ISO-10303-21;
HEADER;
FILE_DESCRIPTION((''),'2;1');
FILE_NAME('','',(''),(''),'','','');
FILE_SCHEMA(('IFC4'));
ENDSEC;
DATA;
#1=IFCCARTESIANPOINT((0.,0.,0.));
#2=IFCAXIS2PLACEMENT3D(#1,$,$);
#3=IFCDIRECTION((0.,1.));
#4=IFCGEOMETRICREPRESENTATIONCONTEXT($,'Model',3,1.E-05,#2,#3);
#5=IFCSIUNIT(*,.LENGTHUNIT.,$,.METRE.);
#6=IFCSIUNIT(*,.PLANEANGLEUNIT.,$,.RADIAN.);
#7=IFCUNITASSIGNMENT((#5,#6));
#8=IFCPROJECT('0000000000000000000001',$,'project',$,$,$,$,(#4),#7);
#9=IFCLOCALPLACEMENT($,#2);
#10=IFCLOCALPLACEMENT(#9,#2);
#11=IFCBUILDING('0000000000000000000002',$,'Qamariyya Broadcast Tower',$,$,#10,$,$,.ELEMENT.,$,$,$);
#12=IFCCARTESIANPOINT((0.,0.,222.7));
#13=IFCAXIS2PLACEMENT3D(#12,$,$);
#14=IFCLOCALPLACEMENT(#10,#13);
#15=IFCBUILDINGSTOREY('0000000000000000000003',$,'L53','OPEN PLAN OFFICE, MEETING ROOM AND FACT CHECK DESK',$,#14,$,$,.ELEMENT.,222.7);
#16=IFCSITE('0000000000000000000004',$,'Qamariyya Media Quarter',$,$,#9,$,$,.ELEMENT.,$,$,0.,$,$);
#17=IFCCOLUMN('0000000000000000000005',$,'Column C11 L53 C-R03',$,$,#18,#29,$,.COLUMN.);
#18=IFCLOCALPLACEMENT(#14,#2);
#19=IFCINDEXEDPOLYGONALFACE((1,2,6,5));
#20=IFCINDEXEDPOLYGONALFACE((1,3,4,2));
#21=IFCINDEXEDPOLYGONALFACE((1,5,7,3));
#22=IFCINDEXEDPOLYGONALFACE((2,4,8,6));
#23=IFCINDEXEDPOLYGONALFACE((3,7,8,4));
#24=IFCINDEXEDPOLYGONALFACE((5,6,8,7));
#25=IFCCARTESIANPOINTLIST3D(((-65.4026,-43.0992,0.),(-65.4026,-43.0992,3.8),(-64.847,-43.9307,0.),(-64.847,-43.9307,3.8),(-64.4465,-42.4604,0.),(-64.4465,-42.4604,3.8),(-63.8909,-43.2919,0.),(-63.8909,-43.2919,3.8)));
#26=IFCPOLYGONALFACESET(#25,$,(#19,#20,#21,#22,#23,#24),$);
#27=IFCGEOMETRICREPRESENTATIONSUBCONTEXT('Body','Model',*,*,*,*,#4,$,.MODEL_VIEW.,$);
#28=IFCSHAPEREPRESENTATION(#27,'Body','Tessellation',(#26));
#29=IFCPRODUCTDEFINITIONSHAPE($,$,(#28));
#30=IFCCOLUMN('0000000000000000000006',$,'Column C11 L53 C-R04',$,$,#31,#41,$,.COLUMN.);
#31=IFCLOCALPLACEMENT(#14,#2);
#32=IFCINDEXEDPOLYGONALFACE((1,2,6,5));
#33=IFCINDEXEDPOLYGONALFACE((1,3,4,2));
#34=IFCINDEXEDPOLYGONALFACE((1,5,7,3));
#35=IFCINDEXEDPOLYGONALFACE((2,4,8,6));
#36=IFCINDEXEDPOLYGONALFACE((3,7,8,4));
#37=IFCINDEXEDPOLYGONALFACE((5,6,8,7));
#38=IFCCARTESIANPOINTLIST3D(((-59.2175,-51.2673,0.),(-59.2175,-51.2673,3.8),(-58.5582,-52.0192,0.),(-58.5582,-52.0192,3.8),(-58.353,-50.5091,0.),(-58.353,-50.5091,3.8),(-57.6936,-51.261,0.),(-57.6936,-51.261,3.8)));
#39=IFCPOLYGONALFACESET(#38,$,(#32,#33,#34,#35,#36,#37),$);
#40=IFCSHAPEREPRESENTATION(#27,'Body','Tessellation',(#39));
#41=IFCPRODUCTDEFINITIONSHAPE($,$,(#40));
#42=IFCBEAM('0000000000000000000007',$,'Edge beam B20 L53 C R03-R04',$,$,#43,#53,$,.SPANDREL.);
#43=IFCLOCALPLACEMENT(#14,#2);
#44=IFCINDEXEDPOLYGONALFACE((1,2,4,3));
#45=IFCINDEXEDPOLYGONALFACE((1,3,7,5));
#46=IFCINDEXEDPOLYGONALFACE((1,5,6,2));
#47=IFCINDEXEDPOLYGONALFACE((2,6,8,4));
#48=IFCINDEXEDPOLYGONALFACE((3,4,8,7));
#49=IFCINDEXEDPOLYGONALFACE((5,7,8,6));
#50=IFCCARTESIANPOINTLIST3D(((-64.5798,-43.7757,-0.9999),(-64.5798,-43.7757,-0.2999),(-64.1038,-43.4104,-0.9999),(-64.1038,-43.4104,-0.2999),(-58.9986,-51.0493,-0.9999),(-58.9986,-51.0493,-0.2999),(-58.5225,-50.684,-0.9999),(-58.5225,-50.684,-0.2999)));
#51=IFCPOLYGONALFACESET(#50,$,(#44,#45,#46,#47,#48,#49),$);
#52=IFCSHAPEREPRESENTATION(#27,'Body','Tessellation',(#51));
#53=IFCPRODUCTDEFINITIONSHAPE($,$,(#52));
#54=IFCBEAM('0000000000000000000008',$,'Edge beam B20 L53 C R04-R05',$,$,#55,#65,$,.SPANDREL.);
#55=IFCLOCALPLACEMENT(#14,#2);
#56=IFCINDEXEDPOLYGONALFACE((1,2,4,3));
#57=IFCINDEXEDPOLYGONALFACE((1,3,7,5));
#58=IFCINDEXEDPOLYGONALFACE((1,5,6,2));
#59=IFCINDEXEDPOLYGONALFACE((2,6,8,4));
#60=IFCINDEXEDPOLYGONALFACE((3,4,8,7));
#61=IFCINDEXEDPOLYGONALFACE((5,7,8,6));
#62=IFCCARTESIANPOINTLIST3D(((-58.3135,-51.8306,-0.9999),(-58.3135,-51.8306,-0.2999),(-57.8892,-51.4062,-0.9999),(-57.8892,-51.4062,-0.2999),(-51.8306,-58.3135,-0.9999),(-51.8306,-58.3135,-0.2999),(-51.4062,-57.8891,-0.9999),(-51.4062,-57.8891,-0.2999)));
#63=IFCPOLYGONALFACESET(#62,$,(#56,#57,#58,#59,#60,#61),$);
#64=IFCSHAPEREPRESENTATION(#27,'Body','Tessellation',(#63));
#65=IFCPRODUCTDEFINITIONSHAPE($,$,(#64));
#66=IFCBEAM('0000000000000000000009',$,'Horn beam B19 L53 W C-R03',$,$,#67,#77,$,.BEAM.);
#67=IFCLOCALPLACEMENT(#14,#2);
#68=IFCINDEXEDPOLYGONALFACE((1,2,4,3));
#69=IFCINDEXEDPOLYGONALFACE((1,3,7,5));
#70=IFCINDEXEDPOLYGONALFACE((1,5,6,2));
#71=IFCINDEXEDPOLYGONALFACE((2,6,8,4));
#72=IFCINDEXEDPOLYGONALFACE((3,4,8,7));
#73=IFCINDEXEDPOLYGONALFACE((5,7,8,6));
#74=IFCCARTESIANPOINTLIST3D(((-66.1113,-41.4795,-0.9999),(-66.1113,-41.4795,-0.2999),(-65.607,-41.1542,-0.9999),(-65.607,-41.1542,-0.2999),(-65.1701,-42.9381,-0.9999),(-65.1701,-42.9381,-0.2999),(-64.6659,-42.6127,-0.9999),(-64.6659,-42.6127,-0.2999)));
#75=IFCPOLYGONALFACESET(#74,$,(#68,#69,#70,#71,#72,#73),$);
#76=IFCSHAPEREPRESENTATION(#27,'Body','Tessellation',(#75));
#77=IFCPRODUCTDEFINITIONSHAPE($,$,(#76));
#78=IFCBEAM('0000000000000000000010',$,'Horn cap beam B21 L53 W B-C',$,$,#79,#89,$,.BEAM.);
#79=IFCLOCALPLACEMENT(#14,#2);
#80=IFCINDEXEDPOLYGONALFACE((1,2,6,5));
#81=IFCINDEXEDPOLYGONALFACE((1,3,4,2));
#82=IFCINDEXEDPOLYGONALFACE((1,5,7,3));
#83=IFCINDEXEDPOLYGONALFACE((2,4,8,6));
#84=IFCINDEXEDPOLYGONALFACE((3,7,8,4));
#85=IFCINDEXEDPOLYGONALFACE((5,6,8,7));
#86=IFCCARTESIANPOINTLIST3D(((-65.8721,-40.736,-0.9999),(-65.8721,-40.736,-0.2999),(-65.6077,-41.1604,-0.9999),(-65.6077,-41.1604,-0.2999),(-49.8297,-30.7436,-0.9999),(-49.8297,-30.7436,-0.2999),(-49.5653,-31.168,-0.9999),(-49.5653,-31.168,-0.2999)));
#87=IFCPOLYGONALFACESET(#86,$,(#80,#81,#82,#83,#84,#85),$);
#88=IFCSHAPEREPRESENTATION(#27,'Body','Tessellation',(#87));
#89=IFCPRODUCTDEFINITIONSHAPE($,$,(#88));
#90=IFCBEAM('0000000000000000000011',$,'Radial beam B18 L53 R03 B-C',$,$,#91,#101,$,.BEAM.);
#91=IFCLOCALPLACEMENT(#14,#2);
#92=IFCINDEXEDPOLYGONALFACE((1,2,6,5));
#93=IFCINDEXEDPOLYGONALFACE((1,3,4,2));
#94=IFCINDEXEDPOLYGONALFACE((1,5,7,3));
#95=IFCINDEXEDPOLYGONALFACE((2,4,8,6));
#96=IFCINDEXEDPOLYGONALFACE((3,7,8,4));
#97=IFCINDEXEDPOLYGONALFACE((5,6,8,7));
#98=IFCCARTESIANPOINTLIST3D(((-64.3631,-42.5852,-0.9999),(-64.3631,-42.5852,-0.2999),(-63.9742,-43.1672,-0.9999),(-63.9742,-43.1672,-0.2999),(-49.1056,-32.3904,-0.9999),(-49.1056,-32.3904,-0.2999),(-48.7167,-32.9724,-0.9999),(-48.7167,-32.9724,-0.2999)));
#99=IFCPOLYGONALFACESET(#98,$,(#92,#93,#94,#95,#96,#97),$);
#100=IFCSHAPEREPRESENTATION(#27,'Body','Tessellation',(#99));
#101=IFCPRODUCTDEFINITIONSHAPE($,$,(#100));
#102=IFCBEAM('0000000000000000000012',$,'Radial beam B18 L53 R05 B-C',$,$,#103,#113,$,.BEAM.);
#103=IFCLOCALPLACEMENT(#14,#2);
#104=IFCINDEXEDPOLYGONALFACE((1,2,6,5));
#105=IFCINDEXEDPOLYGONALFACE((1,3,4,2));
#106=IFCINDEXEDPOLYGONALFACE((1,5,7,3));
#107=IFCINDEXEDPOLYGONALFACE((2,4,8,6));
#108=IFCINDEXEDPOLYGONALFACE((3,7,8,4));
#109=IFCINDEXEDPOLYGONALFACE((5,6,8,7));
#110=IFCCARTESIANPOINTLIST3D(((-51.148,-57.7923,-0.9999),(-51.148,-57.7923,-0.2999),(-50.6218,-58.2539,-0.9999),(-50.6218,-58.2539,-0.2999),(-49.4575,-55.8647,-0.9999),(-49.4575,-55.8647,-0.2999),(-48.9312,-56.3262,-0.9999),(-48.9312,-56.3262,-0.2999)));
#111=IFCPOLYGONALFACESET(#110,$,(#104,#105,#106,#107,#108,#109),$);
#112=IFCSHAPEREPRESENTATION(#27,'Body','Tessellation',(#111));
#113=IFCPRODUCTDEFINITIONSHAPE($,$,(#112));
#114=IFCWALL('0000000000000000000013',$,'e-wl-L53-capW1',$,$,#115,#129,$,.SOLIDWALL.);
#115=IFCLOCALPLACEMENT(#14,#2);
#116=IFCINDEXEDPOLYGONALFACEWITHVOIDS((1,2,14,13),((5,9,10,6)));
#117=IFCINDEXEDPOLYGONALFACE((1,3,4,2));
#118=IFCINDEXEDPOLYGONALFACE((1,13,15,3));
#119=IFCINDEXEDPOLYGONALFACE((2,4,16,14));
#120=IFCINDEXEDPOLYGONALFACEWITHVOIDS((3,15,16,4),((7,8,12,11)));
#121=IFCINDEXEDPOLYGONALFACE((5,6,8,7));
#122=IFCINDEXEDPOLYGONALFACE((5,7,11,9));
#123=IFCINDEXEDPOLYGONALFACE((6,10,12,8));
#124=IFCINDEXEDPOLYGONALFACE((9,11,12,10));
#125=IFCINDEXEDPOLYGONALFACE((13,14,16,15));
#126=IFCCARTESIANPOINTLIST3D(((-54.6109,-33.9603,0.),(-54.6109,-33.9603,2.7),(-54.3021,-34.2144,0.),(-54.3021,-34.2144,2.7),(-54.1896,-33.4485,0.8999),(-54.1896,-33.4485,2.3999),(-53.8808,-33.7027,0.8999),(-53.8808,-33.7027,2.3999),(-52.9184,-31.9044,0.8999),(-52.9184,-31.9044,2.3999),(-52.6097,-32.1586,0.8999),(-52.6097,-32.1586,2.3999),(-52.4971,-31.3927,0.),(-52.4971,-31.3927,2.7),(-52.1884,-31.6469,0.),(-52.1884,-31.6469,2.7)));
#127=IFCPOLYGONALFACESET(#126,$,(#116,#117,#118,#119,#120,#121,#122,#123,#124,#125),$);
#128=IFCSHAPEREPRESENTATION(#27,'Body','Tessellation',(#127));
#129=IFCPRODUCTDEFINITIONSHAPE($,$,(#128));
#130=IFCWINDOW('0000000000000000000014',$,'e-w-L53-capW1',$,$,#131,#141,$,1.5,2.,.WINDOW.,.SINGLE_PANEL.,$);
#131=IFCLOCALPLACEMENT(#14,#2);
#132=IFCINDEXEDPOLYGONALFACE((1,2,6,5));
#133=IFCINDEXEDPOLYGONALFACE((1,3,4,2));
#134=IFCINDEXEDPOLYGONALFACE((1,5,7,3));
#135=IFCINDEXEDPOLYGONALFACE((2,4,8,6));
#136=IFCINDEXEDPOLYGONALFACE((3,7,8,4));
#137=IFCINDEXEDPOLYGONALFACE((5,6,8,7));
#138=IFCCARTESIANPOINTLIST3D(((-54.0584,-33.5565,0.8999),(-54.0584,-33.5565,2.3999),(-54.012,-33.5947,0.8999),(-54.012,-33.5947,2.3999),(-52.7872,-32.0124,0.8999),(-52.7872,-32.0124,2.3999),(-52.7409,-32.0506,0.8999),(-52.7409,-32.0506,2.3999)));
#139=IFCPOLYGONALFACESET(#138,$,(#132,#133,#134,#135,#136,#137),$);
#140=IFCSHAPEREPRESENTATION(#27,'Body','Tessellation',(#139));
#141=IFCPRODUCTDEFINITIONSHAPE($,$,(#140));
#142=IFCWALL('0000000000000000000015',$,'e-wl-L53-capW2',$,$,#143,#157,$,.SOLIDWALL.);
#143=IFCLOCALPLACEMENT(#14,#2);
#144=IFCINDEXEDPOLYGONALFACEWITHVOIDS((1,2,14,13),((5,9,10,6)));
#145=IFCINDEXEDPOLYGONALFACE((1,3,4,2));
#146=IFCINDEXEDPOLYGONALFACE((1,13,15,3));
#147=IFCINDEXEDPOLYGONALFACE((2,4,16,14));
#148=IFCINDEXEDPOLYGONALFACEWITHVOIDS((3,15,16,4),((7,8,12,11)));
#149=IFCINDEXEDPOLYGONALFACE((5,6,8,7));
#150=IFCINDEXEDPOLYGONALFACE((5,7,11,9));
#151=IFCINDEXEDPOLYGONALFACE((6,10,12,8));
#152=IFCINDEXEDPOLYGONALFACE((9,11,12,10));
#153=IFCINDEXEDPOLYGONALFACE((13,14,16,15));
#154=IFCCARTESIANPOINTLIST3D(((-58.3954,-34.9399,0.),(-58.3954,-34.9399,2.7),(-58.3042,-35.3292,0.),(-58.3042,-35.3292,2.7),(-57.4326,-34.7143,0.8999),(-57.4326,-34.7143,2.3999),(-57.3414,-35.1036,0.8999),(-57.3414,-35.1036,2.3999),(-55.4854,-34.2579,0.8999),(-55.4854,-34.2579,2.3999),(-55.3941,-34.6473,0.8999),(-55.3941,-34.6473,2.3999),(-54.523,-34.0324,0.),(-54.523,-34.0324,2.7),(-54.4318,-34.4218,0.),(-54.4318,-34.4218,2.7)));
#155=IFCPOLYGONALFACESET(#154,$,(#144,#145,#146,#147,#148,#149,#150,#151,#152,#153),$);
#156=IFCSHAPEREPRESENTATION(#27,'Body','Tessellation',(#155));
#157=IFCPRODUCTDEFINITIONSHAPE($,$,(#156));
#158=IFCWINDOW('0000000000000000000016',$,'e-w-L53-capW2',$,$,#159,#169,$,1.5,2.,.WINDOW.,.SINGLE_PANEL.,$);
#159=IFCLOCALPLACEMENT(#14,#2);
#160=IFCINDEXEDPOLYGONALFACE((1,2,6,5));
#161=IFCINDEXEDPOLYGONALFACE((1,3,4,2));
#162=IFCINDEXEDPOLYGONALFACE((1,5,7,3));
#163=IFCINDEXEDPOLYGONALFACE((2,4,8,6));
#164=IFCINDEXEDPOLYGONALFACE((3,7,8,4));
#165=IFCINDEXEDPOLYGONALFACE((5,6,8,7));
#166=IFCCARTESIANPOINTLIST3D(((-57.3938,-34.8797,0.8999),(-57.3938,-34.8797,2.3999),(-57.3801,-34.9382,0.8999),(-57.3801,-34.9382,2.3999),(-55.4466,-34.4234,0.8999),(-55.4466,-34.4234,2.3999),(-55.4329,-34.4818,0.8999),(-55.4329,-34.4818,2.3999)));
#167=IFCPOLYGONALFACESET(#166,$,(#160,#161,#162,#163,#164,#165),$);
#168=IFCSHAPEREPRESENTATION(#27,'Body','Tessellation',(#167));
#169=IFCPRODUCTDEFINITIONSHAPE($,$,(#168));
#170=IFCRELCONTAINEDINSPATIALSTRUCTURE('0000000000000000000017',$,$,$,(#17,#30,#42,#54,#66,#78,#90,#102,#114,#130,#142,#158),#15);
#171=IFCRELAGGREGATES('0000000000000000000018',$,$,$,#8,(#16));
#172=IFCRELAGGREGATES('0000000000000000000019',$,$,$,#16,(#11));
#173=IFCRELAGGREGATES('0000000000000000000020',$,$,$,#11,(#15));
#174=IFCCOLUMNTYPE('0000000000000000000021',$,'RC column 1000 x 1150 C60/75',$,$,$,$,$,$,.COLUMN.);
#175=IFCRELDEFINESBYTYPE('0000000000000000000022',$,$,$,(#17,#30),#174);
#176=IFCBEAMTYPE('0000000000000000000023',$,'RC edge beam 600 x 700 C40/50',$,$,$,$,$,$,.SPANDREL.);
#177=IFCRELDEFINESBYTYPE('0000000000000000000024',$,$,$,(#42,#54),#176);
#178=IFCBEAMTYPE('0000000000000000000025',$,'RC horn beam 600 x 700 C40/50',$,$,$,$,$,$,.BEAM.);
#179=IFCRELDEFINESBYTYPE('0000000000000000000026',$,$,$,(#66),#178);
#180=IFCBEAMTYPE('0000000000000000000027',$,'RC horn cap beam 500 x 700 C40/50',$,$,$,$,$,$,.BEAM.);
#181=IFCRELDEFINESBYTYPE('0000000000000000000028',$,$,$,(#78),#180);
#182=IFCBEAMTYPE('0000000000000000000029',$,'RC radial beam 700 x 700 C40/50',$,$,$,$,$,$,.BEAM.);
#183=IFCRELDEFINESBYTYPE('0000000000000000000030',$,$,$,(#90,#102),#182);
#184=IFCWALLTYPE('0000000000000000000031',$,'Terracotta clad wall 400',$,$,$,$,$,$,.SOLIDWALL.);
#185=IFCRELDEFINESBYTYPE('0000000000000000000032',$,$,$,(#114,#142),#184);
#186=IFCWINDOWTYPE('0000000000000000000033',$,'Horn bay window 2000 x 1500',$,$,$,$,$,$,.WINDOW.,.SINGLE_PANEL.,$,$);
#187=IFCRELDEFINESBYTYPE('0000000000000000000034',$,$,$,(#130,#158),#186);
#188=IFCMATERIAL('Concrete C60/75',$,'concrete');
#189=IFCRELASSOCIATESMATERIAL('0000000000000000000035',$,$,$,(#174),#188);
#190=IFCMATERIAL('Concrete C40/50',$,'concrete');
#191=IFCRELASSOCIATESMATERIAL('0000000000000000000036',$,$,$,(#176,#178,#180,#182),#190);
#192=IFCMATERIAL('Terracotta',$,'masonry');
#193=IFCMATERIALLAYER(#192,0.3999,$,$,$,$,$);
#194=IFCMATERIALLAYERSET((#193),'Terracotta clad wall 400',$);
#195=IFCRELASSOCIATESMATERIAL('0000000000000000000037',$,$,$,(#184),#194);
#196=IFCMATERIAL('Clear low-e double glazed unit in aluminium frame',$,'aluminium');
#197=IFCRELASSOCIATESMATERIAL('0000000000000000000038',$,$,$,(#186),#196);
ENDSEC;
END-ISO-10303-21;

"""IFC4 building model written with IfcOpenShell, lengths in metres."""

from ifc_helpers import new_model, si_unit, direction, frame, frame_2d, origin, origin_2d, place, context, subcontext, project, spatial, rectangle, extrude, material, layer, layer_set, material_profile, profile_set, type_object, element, fill, save


model = new_model("IFC4")

# Units and contexts
model_context = context("Model", 3, precision=1e-05, world=origin(), true_north=direction((0.0, 1.0)))
body_context = subcontext(model_context, "Body", "Model", "MODEL_VIEW")
ifc_project = project(units=[si_unit("LENGTHUNIT", "METRE"), si_unit("PLANEANGLEUNIT", "RADIAN")], contexts=[model_context])

# Site, building, storey
site_placement = place(None, origin())
site = spatial("IfcSite", under=ifc_project, at=site_placement, Name="Qamariyya Media Quarter", CompositionType="ELEMENT", RefElevation=0.0)
building_placement = place(site_placement, origin())
building = spatial("IfcBuilding", under=site, at=building_placement, Name="Qamariyya Broadcast Tower", CompositionType="ELEMENT")
storey_placement = place(building_placement, frame((0.0, 0.0, 222.7)))
storey = spatial("IfcBuildingStorey", under=building, at=storey_placement, Name="L53", Description="OPEN PLAN OFFICE, MEETING ROOM AND FACT CHECK DESK", CompositionType="ELEMENT", Elevation=222.7)

# Columns
ifc_material_1 = material(Name="Concrete C60/75", Category="concrete")
ifc_material_profile_1 = material_profile(ifc_material_1, rectangle(XDim=1.0, YDim=1.1499, at=origin_2d()))
ifc_profile_set_1 = profile_set([ifc_material_profile_1], Name="Concrete C60/75")
column_type = type_object("IfcColumnType", Name="RC column 1000 x 1150 C60/75", PredefinedType="COLUMN", material=ifc_profile_set_1)
for number, where, z_axis, x_axis, name in (
    (1, (-64.6467, -43.1956, 0.0), (0.0, 0.0, 1.0), (0.55557, -0.83147, 0.0), "Column C11 L53 C-R03"),
    (2, (-58.4556, -51.2642, 0.0), (0.0, 0.0, 1.0), (0.659346, -0.75184, 0.0), "Column C11 L53 C-R04"),
):
    element("IfcColumn", number, at=place(storey_placement, frame(where, z_axis=z_axis, x_axis=x_axis)), inside=storey, type_object=column_type, Name=name, PredefinedType="COLUMN", context=body_context, shape_type="SweptSolid", body=[
        extrude(rectangle(XDim=1.0, YDim=1.1499, at=origin_2d()), origin(), (0.0, 0.0, 1.0), 3.8),
    ])

# Beams
ifc_material_2 = material(Name="Concrete C40/50", Category="concrete")
ifc_material_profile_2 = material_profile(ifc_material_2, rectangle(XDim=0.6001, YDim=0.7, at=origin_2d()))
ifc_profile_set_2 = profile_set([ifc_material_profile_2], Name="Concrete C40/50")
beam_type_1 = type_object("IfcBeamType", Name="RC edge beam 600 x 700 C40/50", PredefinedType="SPANDREL", material=ifc_profile_set_2)
for number, where, z_axis, x_axis, name in (
    (3, (-64.3418, -43.593, -0.6499), (0.608762, -0.793353, 0.0), (0.793353, 0.608762, 0.0), "Edge beam B20 L53 C R03-R04"),
    (4, (-58.1013, -51.6184, -0.6499), (0.707107, -0.707107, 0.0), (0.707107, 0.707107, 0.0), "Edge beam B20 L53 C R04-R05"),
):
    element("IfcBeam", number, at=place(storey_placement, frame(where, z_axis=z_axis, x_axis=x_axis)), inside=storey, type_object=beam_type_1, Name=name, PredefinedType="SPANDREL", context=body_context, shape_type="SweptSolid", body=[
        extrude(rectangle(XDim=0.6001, YDim=0.7, at=origin_2d()), origin(), (0.0, 0.0, 1.0), 9.1682),
    ])
ifc_material_profile_3 = material_profile(ifc_material_2, rectangle(XDim=0.6001, YDim=0.7, at=origin_2d()))
ifc_profile_set_3 = profile_set([ifc_material_profile_3], Name="Concrete C40/50")
beam_type_2 = type_object("IfcBeamType", Name="RC horn beam 600 x 700 C40/50", PredefinedType="BEAM", material=ifc_profile_set_3)
beam_1_placement = place(storey_placement, frame((-64.918, -42.7754, -0.6499), z_axis=(-0.542207, 0.840245, 0.0), x_axis=(-0.840245, -0.542207, 0.0)))
element("IfcBeam", 5, at=beam_1_placement, inside=storey, type_object=beam_type_2, Name="Horn beam B19 L53 W C-R03", PredefinedType="BEAM", context=body_context, shape_type="SweptSolid", body=[
    extrude(rectangle(XDim=0.6001, YDim=0.7, at=origin_2d()), origin(), (0.0, 0.0, 1.0), 1.7358),
])
ifc_material_profile_4 = material_profile(ifc_material_2, rectangle(XDim=0.5, YDim=0.7, at=origin_2d()))
ifc_profile_set_4 = profile_set([ifc_material_profile_4], Name="Concrete C40/50")
beam_type_3 = type_object("IfcBeamType", Name="RC horn cap beam 500 x 700 C40/50", PredefinedType="BEAM", material=ifc_profile_set_4)
beam_2_placement = place(storey_placement, frame((-49.6975, -30.9558, -0.6499), z_axis=(-0.848809, -0.5287, 0.0), x_axis=(0.5287, -0.848809, 0.0)))
element("IfcBeam", 6, at=beam_2_placement, inside=storey, type_object=beam_type_3, Name="Horn cap beam B21 L53 W B-C", PredefinedType="BEAM", context=body_context, shape_type="SweptSolid", body=[
    extrude(rectangle(XDim=0.5, YDim=0.7, at=origin_2d()), origin(), (0.0, 0.0, 1.0), 18.8999),
])
ifc_material_profile_5 = material_profile(ifc_material_2, rectangle(XDim=0.7, YDim=0.7, at=origin_2d()))
ifc_profile_set_5 = profile_set([ifc_material_profile_5], Name="Concrete C40/50")
beam_type_4 = type_object("IfcBeamType", Name="RC radial beam 700 x 700 C40/50", PredefinedType="BEAM", material=ifc_profile_set_5)
beam_3_placement = place(storey_placement, frame((-48.9111, -32.6814, -0.6499), z_axis=(-0.831469, -0.555572, 0.0), x_axis=(0.555572, -0.831469, 0.0)))
element("IfcBeam", 7, at=beam_3_placement, inside=storey, type_object=beam_type_4, Name="Radial beam B18 L53 R03 B-C", PredefinedType="BEAM", context=body_context, shape_type="SweptSolid", body=[
    extrude(rectangle(XDim=0.7, YDim=0.7, at=origin_2d()), origin(), (0.0, 0.0, 1.0), 18.3501),
])
beam_4_placement = place(storey_placement, frame((-49.1943, -56.0955, -0.6499), z_axis=(-0.659367, -0.751821, 0.0), x_axis=(0.751821, -0.659367, 0.0)))
element("IfcBeam", 8, at=beam_4_placement, inside=storey, type_object=beam_type_4, Name="Radial beam B18 L53 R05 B-C", PredefinedType="BEAM", context=body_context, shape_type="SweptSolid", body=[
    extrude(rectangle(XDim=0.7, YDim=0.7, at=origin_2d()), origin(), (0.0, 0.0, 1.0), 2.564),
])

# Walls, openings, windows
ifc_material_3 = material(Name="Terracotta", Category="masonry")
ifc_layer = layer(ifc_material_3, 0.3999)
ifc_layer_set = layer_set([ifc_layer], Name="Terracotta clad wall 400")
wall_type = type_object("IfcWallType", Name="Terracotta clad wall 400", PredefinedType="SOLIDWALL", material=ifc_layer_set)
wall_1_placement = place(storey_placement, frame((-52.3428, -31.5198, 0.0), z_axis=(0.0, 0.0, 1.0), x_axis=(-0.635573, -0.77204, 0.0)))
wall_1 = element("IfcWall", 9, at=wall_1_placement, inside=storey, type_object=wall_type, Name="e-wl-L53-capW1", PredefinedType="SOLIDWALL", context=body_context, shape_type="SweptSolid", body=[
    extrude(rectangle(XDim=3.3257, YDim=0.3999, at=frame_2d((1.6628, 0.0))), origin(), (0.0, 0.0, 1.0), 2.7),
])
opening_1_placement = place(wall_1_placement, frame((0.6628, 0.0, 0.8999)))
opening_1 = element("IfcOpeningElement", 10, at=opening_1_placement, cuts=wall_1, PredefinedType="OPENING", context=body_context, shape_type="SweptSolid", body=[
    extrude(rectangle(XDim=2.0, YDim=1.5, at=frame_2d((1.0, 0.75))), frame((0.0, 0.21, 0.0), z_axis=(0.0, -1.0, 0.0), x_axis=(1.0, 0.0, 0.0)), (0.0, 0.0, 1.0), 0.4199),
])
ifc_material_4 = material(Name="Clear low-e double glazed unit in aluminium frame", Category="aluminium")
window_type = type_object("IfcWindowType", Name="Horn bay window 2000 x 1500", PartitioningType="SINGLE_PANEL", PredefinedType="WINDOW", material=ifc_material_4)
window_1_placement = place(opening_1_placement, origin())
window_1 = element("IfcWindow", 11, at=window_1_placement, inside=storey, type_object=window_type, Name="e-w-L53-capW1", OverallHeight=1.5, OverallWidth=2.0, PartitioningType="SINGLE_PANEL", PredefinedType="WINDOW", context=body_context, shape_type="SweptSolid", body=[
    extrude(rectangle(XDim=2.0, YDim=1.5, at=frame_2d((1.0, 0.75))), frame((0.0, 0.03, 0.0), z_axis=(0.0, -1.0, 0.0), x_axis=(1.0, 0.0, 0.0)), (0.0, 0.0, 1.0), 0.0601),
])
fill(opening_1, window_1)
wall_2_placement = place(storey_placement, frame((-54.4773, -34.2271, 0.0), z_axis=(0.0, 0.0, 1.0), x_axis=(-0.973622, -0.228167, 0.0)))
wall_2 = element("IfcWall", 12, at=wall_2_placement, inside=storey, type_object=wall_type, Name="e-wl-L53-capW2", PredefinedType="SOLIDWALL", context=body_context, shape_type="SweptSolid", body=[
    extrude(rectangle(XDim=3.9773, YDim=0.3999, at=frame_2d((1.9888, 0.0))), origin(), (0.0, 0.0, 1.0), 2.7),
])
opening_2_placement = place(wall_2_placement, frame((0.9885, 0.0, 0.8999)))
opening_2 = element("IfcOpeningElement", 13, at=opening_2_placement, cuts=wall_2, PredefinedType="OPENING", context=body_context, shape_type="SweptSolid", body=[
    extrude(rectangle(XDim=2.0, YDim=1.5, at=frame_2d((1.0, 0.75))), frame((0.0, 0.21, 0.0), z_axis=(0.0, -1.0, 0.0), x_axis=(1.0, 0.0, 0.0)), (0.0, 0.0, 1.0), 0.4199),
])
window_2_placement = place(opening_2_placement, origin())
window_2 = element("IfcWindow", 14, at=window_2_placement, inside=storey, type_object=window_type, Name="e-w-L53-capW2", OverallHeight=1.5, OverallWidth=2.0, PartitioningType="SINGLE_PANEL", PredefinedType="WINDOW", context=body_context, shape_type="SweptSolid", body=[
    extrude(rectangle(XDim=2.0, YDim=1.5, at=frame_2d((1.0, 0.75))), frame((0.0, 0.03, 0.0), z_axis=(0.0, -1.0, 0.0), x_axis=(1.0, 0.0, 0.0)), (0.0, 0.0, 1.0), 0.0601),
])
fill(opening_2, window_2)

save(model, "model.ifc")
